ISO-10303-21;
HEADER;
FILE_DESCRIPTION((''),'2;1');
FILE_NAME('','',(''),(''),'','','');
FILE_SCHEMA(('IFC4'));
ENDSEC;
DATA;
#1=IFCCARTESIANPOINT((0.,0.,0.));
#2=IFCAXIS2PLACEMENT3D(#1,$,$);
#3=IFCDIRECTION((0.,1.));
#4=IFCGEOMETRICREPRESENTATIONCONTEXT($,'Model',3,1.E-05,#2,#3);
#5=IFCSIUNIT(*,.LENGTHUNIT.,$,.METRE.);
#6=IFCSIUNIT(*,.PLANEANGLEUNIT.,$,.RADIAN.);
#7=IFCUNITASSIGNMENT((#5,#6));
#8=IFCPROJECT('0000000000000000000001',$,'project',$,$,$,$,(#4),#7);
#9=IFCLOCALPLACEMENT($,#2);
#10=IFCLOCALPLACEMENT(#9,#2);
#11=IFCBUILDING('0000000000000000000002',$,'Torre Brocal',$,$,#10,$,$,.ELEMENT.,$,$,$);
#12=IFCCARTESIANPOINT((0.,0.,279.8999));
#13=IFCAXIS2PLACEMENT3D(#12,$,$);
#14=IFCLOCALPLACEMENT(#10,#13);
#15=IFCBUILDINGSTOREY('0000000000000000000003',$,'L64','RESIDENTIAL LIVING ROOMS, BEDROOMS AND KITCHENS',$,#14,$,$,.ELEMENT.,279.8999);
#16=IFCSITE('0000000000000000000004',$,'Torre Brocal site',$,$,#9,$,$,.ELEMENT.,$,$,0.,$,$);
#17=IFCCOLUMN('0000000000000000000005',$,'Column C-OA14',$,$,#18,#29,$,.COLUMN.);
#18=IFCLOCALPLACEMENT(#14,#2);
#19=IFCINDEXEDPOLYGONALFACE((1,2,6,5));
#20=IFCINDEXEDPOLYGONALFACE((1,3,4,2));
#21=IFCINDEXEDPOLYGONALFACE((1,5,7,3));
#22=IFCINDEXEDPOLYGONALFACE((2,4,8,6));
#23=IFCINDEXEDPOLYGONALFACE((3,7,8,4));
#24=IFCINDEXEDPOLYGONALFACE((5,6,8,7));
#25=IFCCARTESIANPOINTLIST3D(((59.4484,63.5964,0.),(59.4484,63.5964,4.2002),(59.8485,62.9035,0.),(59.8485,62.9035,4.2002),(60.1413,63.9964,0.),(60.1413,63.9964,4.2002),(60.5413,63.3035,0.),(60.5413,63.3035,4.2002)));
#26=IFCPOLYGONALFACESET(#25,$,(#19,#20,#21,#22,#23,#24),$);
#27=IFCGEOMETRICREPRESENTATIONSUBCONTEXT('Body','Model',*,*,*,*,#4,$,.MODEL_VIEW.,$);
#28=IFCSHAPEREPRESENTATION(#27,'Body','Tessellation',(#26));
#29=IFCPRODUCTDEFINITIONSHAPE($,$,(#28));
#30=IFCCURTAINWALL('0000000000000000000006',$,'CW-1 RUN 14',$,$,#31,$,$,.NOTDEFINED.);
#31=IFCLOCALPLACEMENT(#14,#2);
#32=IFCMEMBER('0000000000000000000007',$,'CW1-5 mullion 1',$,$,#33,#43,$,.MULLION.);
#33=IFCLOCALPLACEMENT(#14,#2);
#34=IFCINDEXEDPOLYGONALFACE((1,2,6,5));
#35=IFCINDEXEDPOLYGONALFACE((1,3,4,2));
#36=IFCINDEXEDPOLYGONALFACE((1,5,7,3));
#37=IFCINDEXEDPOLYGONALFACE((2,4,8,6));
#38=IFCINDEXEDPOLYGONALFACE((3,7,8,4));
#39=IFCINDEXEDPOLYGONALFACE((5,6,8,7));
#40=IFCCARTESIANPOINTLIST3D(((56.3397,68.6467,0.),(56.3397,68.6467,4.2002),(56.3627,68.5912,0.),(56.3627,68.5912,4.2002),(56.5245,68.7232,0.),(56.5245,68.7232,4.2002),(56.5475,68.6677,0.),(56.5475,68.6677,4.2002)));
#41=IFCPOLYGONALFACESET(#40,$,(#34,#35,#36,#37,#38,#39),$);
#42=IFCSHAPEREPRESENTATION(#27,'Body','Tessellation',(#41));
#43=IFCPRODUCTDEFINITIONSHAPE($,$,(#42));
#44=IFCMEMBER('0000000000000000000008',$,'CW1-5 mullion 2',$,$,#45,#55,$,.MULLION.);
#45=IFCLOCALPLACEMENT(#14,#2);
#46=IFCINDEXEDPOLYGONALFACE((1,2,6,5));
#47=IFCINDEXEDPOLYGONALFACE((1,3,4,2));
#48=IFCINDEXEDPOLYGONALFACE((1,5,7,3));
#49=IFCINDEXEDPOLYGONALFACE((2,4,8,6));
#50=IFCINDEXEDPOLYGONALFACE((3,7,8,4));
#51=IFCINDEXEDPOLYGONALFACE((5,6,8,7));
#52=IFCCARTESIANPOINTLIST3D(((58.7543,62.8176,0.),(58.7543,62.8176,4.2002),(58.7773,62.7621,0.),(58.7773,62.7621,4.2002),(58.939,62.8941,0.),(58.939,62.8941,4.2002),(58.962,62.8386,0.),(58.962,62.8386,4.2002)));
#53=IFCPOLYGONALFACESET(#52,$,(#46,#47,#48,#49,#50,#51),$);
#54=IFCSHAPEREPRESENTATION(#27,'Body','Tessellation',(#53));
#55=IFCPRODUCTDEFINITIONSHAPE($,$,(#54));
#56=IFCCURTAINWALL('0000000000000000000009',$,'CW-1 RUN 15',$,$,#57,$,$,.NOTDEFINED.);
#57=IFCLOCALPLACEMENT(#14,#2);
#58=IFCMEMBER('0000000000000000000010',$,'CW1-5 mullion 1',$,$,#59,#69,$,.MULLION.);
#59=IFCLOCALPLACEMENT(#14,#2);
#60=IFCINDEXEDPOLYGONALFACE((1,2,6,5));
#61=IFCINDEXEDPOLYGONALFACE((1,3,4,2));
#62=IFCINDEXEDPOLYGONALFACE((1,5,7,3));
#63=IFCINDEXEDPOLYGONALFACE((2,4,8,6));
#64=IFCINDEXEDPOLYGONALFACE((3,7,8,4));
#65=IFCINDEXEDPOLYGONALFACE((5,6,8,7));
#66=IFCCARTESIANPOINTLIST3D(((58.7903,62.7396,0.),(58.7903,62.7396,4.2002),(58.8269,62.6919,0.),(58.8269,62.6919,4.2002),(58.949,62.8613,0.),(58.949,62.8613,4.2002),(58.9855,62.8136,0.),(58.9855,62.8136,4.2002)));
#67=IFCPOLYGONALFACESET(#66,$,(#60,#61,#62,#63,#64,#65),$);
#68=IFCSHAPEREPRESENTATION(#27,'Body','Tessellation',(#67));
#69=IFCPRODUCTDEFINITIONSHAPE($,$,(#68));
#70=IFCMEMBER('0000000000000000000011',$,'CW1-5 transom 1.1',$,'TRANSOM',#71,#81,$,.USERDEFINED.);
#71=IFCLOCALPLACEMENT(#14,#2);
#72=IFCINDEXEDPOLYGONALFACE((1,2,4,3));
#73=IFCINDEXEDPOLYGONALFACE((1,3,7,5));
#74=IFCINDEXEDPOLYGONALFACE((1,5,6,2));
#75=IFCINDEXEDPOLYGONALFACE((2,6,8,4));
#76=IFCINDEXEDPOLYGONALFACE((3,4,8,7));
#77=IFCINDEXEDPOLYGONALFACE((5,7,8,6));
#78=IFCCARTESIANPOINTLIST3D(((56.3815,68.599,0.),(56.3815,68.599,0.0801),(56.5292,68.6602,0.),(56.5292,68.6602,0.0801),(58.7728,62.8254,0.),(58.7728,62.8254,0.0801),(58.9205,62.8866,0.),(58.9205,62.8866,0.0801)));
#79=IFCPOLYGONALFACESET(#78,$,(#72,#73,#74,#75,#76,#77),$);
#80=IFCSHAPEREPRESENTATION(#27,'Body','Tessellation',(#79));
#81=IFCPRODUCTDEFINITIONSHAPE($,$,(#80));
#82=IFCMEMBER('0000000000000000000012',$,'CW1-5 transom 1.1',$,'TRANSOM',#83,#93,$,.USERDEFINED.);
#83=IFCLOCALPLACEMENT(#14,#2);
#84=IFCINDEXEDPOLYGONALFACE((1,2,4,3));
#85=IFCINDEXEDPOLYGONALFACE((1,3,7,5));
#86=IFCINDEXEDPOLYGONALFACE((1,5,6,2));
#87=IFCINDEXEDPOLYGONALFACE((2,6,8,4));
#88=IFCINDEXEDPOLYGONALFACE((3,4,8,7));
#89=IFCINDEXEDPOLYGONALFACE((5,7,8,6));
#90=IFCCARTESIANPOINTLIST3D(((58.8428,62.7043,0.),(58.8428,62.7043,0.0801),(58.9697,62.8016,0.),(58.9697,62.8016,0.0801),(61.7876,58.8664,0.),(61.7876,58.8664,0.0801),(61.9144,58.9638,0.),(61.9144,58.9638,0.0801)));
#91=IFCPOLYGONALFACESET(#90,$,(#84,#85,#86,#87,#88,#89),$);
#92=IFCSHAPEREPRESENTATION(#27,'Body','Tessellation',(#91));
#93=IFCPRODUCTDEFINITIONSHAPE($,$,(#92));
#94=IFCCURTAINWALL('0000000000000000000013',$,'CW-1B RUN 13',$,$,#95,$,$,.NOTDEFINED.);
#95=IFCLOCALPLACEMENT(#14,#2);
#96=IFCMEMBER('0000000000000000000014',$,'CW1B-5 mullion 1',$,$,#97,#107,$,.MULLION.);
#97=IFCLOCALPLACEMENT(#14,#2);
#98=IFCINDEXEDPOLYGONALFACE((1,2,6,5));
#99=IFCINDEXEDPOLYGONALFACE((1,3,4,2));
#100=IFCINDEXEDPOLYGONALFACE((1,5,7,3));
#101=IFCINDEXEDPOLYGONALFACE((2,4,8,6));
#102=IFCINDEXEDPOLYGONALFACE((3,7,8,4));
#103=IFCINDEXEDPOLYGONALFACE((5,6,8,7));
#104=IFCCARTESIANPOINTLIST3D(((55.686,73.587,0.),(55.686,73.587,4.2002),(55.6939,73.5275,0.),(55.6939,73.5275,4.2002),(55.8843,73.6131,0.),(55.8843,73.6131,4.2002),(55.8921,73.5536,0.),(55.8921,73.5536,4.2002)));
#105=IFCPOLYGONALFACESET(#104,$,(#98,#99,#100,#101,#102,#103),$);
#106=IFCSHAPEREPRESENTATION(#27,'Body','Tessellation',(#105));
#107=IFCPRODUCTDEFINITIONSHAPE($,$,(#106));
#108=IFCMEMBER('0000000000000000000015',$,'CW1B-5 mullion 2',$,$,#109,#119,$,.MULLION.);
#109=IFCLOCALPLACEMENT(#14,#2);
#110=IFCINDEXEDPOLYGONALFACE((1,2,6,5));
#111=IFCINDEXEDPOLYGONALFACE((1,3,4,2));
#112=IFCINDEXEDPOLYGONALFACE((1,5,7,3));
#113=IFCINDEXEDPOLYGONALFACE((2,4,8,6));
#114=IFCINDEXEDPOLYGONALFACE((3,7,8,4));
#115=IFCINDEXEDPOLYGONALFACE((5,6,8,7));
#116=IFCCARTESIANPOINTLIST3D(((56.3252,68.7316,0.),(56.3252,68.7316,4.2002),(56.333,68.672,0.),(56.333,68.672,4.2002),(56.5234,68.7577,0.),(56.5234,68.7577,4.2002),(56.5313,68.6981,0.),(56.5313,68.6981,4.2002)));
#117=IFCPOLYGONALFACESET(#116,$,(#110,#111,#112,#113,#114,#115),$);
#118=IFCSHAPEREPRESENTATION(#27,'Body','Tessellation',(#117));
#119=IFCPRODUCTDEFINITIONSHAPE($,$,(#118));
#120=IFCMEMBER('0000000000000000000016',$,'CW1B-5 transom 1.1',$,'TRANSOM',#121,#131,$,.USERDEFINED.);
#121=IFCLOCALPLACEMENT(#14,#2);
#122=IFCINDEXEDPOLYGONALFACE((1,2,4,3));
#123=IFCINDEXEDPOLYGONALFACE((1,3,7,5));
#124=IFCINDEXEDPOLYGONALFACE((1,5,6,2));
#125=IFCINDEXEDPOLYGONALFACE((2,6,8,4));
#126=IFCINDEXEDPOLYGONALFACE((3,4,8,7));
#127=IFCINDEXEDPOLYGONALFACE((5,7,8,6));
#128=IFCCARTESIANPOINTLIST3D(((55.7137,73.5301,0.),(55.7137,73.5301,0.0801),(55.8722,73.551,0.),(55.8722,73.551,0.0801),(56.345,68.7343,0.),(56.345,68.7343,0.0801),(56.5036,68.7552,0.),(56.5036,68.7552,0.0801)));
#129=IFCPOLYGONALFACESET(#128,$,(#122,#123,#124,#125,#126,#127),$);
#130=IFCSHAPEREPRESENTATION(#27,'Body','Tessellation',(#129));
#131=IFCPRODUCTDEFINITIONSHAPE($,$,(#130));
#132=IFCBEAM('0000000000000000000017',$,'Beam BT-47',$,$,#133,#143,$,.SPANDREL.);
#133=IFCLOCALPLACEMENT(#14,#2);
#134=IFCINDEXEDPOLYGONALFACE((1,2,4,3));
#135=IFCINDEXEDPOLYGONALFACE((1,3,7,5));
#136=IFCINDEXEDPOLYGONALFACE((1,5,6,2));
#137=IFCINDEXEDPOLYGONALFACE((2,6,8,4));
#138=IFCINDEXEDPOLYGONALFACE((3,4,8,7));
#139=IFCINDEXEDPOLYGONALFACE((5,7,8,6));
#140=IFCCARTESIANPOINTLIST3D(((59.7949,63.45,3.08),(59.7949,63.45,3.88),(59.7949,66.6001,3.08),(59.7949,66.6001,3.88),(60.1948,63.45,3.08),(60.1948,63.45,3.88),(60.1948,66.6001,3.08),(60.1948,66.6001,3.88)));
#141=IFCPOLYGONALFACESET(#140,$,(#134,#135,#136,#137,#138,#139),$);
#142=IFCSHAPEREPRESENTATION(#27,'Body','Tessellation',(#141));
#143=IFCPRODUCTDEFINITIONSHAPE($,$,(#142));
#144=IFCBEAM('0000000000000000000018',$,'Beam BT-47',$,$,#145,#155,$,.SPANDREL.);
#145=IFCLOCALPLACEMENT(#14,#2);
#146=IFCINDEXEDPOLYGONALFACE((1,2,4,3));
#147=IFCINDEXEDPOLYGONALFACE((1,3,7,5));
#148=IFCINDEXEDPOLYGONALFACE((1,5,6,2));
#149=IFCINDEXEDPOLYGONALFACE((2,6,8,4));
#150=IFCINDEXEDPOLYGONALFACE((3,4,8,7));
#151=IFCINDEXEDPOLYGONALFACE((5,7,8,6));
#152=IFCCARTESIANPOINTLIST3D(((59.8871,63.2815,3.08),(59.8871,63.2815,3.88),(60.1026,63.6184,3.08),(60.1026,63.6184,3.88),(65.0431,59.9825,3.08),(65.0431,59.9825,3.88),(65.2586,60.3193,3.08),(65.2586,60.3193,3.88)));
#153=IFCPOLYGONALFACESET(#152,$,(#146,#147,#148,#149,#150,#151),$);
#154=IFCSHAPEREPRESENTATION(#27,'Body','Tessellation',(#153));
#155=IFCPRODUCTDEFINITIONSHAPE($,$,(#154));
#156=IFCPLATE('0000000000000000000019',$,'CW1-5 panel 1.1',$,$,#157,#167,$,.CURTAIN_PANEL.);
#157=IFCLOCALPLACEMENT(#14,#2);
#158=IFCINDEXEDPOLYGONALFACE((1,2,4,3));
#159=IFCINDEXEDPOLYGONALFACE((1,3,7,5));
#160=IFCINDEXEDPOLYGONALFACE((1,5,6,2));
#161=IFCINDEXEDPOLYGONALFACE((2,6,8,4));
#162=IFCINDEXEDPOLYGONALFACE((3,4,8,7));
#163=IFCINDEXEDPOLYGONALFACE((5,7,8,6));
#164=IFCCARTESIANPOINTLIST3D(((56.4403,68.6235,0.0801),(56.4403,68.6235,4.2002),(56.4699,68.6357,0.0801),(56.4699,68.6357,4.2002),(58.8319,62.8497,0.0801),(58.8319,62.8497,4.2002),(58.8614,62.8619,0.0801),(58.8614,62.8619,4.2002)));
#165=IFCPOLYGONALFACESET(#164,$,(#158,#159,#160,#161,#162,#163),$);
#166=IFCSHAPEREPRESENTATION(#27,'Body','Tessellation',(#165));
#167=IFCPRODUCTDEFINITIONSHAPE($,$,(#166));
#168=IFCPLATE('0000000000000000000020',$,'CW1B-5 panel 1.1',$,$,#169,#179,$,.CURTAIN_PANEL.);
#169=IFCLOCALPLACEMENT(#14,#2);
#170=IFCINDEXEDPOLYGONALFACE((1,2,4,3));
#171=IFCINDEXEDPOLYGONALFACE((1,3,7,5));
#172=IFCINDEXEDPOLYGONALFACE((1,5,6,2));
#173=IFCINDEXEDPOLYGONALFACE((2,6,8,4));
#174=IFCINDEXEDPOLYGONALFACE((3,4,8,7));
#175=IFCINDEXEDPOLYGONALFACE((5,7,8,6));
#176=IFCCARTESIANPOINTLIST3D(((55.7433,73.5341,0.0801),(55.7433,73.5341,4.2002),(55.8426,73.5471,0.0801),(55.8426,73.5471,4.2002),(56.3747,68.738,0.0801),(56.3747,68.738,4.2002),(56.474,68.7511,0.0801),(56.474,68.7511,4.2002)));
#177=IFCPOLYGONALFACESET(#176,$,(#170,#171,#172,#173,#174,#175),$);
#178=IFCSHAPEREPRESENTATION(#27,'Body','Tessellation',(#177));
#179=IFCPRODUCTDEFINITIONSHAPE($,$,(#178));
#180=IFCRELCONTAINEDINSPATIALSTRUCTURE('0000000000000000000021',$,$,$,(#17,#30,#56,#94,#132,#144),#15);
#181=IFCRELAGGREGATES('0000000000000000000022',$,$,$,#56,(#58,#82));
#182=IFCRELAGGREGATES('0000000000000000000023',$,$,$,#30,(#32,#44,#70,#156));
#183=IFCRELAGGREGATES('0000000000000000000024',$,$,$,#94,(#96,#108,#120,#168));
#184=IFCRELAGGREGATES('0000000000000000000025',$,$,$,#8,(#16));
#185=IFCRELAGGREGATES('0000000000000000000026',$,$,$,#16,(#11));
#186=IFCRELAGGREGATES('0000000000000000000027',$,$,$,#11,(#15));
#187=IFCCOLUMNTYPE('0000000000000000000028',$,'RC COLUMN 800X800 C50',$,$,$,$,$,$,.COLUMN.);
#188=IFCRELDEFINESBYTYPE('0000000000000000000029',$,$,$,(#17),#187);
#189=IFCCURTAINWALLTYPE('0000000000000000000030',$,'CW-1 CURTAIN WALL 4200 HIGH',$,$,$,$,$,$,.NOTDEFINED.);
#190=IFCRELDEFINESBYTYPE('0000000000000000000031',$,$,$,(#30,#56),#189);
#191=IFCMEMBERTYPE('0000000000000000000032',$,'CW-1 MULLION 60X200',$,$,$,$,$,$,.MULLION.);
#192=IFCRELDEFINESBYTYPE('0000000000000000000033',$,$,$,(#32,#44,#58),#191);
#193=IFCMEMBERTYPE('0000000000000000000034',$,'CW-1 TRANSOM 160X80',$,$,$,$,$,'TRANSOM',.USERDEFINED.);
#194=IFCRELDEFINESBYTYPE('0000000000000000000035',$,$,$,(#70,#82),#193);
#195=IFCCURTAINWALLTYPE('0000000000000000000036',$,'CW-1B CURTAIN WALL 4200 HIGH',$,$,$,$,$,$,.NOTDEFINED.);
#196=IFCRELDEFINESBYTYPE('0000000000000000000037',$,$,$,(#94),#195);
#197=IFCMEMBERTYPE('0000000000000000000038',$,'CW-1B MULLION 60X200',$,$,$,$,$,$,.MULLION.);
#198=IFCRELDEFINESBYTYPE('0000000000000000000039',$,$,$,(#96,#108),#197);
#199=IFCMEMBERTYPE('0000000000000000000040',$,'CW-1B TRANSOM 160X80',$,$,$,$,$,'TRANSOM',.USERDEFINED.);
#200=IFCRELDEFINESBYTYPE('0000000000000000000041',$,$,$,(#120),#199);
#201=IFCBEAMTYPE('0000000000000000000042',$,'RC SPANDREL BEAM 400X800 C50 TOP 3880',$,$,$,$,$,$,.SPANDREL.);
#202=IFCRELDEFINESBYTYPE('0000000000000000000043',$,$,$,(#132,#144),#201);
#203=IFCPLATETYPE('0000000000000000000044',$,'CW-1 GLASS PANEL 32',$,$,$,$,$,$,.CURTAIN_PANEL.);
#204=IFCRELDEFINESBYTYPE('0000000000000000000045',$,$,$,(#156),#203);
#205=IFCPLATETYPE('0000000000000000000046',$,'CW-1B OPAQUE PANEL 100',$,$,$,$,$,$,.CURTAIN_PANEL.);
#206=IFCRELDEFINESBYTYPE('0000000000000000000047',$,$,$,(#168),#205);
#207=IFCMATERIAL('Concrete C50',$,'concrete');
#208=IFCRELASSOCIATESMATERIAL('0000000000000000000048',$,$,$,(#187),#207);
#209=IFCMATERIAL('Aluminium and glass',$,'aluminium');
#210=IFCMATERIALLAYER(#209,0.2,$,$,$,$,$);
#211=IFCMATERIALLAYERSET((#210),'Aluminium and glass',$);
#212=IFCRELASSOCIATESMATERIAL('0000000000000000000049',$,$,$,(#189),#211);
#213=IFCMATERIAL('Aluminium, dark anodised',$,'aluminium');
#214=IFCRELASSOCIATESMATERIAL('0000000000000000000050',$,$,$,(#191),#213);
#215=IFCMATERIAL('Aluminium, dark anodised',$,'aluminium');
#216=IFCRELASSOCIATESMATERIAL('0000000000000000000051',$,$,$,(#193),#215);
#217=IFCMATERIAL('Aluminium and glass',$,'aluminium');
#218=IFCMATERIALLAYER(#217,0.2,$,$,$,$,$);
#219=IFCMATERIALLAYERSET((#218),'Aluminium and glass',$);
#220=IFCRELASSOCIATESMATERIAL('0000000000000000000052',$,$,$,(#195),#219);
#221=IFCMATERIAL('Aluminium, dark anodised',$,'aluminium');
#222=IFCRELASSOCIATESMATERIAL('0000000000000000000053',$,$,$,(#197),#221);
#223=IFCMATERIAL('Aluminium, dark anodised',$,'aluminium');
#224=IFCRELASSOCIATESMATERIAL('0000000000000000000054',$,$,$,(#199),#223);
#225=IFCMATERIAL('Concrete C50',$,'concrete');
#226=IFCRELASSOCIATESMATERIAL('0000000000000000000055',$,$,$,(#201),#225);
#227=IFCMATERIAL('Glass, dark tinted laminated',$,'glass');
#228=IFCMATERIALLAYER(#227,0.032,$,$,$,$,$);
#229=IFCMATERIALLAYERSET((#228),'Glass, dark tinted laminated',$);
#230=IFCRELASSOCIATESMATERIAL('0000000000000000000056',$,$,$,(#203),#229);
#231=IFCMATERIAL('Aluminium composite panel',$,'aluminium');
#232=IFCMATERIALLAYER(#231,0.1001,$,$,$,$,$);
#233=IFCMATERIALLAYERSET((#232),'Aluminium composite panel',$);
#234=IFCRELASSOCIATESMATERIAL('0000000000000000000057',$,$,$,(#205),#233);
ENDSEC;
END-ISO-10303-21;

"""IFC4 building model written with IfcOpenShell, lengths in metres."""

from ifc_helpers import new_model, si_unit, direction, frame, origin, origin_2d, place, context, subcontext, project, spatial, rectangle, extrude, material, layer, layer_set, material_profile, profile_set, type_object, element, aggregate, save


model = new_model("IFC4")

# Units and contexts
model_context = context("Model", 3, precision=1e-05, world=origin(), true_north=direction((0.0, 1.0)))
body_context = subcontext(model_context, "Body", "Model", "MODEL_VIEW")
ifc_project = project(units=[si_unit("LENGTHUNIT", "METRE"), si_unit("PLANEANGLEUNIT", "RADIAN")], contexts=[model_context])

# Site, building, storey
site_placement = place(None, origin())
site = spatial("IfcSite", under=ifc_project, at=site_placement, Name="Torre Brocal site", CompositionType="ELEMENT", RefElevation=0.0)
building_placement = place(site_placement, origin())
building = spatial("IfcBuilding", under=site, at=building_placement, Name="Torre Brocal", CompositionType="ELEMENT")
storey_placement = place(building_placement, frame((0.0, 0.0, 279.8999)))
storey = spatial("IfcBuildingStorey", under=building, at=storey_placement, Name="L64", Description="RESIDENTIAL LIVING ROOMS, BEDROOMS AND KITCHENS", CompositionType="ELEMENT", Elevation=279.8999)

# Column
ifc_material_1 = material(Name="Concrete C50", Category="concrete")
ifc_material_profile_1 = material_profile(ifc_material_1, rectangle(XDim=0.8, YDim=0.8, at=origin_2d()), Name="RC 800X800")
ifc_profile_set_1 = profile_set([ifc_material_profile_1], Name="Concrete C50")
column_type = type_object("IfcColumnType", Name="RC COLUMN 800X800 C50", PredefinedType="COLUMN", material=ifc_profile_set_1)
column_placement = place(storey_placement, frame((59.9949, 63.45, 0.0), z_axis=(0.0, 0.0, 1.0), x_axis=(-0.866025, -0.5, 0.0)))
element("IfcColumn", 1, at=column_placement, inside=storey, type_object=column_type, Name="Column C-OA14", PredefinedType="COLUMN", context=body_context, shape_type="SweptSolid", body=[
    extrude(rectangle(XDim=0.8, YDim=0.8, at=origin_2d()), origin(), (0.0, 0.0, 1.0), 4.2002),
])

# Curtain wall, members
ifc_material_2 = material(Name="Aluminium and glass", Category="aluminium")
ifc_layer_1 = layer(ifc_material_2, 0.2)
ifc_layer_set_1 = layer_set([ifc_layer_1], Name="Aluminium and glass")
curtain_wall_type_1 = type_object("IfcCurtainWallType", Name="CW-1 CURTAIN WALL 4200 HIGH", PredefinedType="NOTDEFINED", material=ifc_layer_set_1)
curtain_wall_1_placement = place(storey_placement, origin())
curtain_wall_1 = element("IfcCurtainWall", 2, at=curtain_wall_1_placement, inside=storey, type_object=curtain_wall_type_1, Name="CW-1 RUN 14", PredefinedType="NOTDEFINED")
ifc_material_3 = material(Name="Aluminium, dark anodised", Category="aluminium")
ifc_material_profile_2 = material_profile(ifc_material_3, rectangle(XDim=0.2, YDim=0.0601, at=origin_2d()), Name="CW-1 MULLION 60X200")
ifc_profile_set_2 = profile_set([ifc_material_profile_2], Name="Aluminium, dark anodised")
member_type_1 = type_object("IfcMemberType", Name="CW-1 MULLION 60X200", PredefinedType="MULLION", material=ifc_profile_set_2)
member_1_placement = place(storey_placement, frame((56.4436, 68.6572, 0.0), z_axis=(0.0, 0.0, 1.0), x_axis=(0.92388, 0.382683, 0.0)))
member_1 = element("IfcMember", 3, at=member_1_placement, type_object=member_type_1, Name="CW1-5 mullion 1", PredefinedType="MULLION", context=body_context, shape_type="SweptSolid", body=[
    extrude(rectangle(XDim=0.2, YDim=0.0601, at=origin_2d()), origin(), (0.0, 0.0, 1.0), 4.2002),
])
member_2_placement = place(storey_placement, frame((58.8582, 62.8281, 0.0), z_axis=(0.0, 0.0, 1.0), x_axis=(0.92388, 0.382683, 0.0)))
member_2 = element("IfcMember", 4, at=member_2_placement, type_object=member_type_1, Name="CW1-5 mullion 2", PredefinedType="MULLION", context=body_context, shape_type="SweptSolid", body=[
    extrude(rectangle(XDim=0.2, YDim=0.0601, at=origin_2d()), origin(), (0.0, 0.0, 1.0), 4.2002),
])

# Curtain wall, member
curtain_wall_2_placement = place(storey_placement, origin())
curtain_wall_2 = element("IfcCurtainWall", 5, at=curtain_wall_2_placement, inside=storey, type_object=curtain_wall_type_1, Name="CW-1 RUN 15", PredefinedType="NOTDEFINED")
member_3_placement = place(storey_placement, frame((58.8879, 62.7766, 0.0), z_axis=(0.0, 0.0, 1.0), x_axis=(0.793353, 0.608761, 0.0)))
member_3 = element("IfcMember", 6, at=member_3_placement, type_object=member_type_1, Name="CW1-5 mullion 1", PredefinedType="MULLION", context=body_context, shape_type="SweptSolid", body=[
    extrude(rectangle(XDim=0.2, YDim=0.0601, at=origin_2d()), origin(), (0.0, 0.0, 1.0), 4.2002),
])

# Members
ifc_material_4 = material(Name="Aluminium, dark anodised", Category="aluminium")
ifc_material_profile_3 = material_profile(ifc_material_4, rectangle(XDim=0.1599, YDim=0.0801, at=origin_2d()), Name="CW-1 TRANSOM 160X80")
ifc_profile_set_3 = profile_set([ifc_material_profile_3], Name="Aluminium, dark anodised")
member_type_2 = type_object("IfcMemberType", Name="CW-1 TRANSOM 160X80", ElementType="TRANSOM", PredefinedType="USERDEFINED", material=ifc_profile_set_3)
member_4_placement = place(storey_placement, frame((56.4553, 68.6296, 0.04), z_axis=(0.382659, -0.92389, 0.0), x_axis=(0.92389, 0.382659, 0.0)))
member_4 = element("IfcMember", 7, at=member_4_placement, type_object=member_type_2, Name="CW1-5 transom 1.1", ObjectType="TRANSOM", PredefinedType="USERDEFINED", context=body_context, shape_type="SweptSolid", body=[
    extrude(rectangle(XDim=0.1599, YDim=0.0801, at=origin_2d()), origin(), (0.0, 0.0, 1.0), 6.2493),
])
member_5_placement = place(storey_placement, frame((58.9062, 62.7529, 0.04), z_axis=(0.608749, -0.793363, 0.0), x_axis=(0.793363, 0.608749, 0.0)))
member_5 = element("IfcMember", 8, at=member_5_placement, type_object=member_type_2, Name="CW1-5 transom 1.1", ObjectType="TRANSOM", PredefinedType="USERDEFINED", context=body_context, shape_type="SweptSolid", body=[
    extrude(rectangle(XDim=0.1599, YDim=0.0801, at=origin_2d()), origin(), (0.0, 0.0, 1.0), 4.8374),
])
aggregate(curtain_wall_2, [member_3, member_5])

# Curtain wall, members
ifc_material_5 = material(Name="Aluminium and glass", Category="aluminium")
ifc_layer_2 = layer(ifc_material_5, 0.2)
ifc_layer_set_2 = layer_set([ifc_layer_2], Name="Aluminium and glass")
curtain_wall_type_2 = type_object("IfcCurtainWallType", Name="CW-1B CURTAIN WALL 4200 HIGH", PredefinedType="NOTDEFINED", material=ifc_layer_set_2)
curtain_wall_3_placement = place(storey_placement, origin())
curtain_wall_3 = element("IfcCurtainWall", 9, at=curtain_wall_3_placement, inside=storey, type_object=curtain_wall_type_2, Name="CW-1B RUN 13", PredefinedType="NOTDEFINED")
ifc_material_6 = material(Name="Aluminium, dark anodised", Category="aluminium")
ifc_material_profile_4 = material_profile(ifc_material_6, rectangle(XDim=0.2, YDim=0.0601, at=origin_2d()), Name="CW-1B MULLION 60X200")
ifc_profile_set_4 = profile_set([ifc_material_profile_4], Name="Aluminium, dark anodised")
member_type_3 = type_object("IfcMemberType", Name="CW-1B MULLION 60X200", PredefinedType="MULLION", material=ifc_profile_set_4)
member_6_placement = place(storey_placement, frame((55.7891, 73.5703, 0.0), z_axis=(0.0, 0.0, 1.0), x_axis=(0.991445, 0.130526, 0.0)))
member_6 = element("IfcMember", 10, at=member_6_placement, type_object=member_type_3, Name="CW1B-5 mullion 1", PredefinedType="MULLION", context=body_context, shape_type="SweptSolid", body=[
    extrude(rectangle(XDim=0.2, YDim=0.0601, at=origin_2d()), origin(), (0.0, 0.0, 1.0), 4.2002),
])
member_7_placement = place(storey_placement, frame((56.4282, 68.7148, 0.0), z_axis=(0.0, 0.0, 1.0), x_axis=(0.991445, 0.130526, 0.0)))
member_7 = element("IfcMember", 11, at=member_7_placement, type_object=member_type_3, Name="CW1B-5 mullion 2", PredefinedType="MULLION", context=body_context, shape_type="SweptSolid", body=[
    extrude(rectangle(XDim=0.2, YDim=0.0601, at=origin_2d()), origin(), (0.0, 0.0, 1.0), 4.2002),
])
ifc_material_7 = material(Name="Aluminium, dark anodised", Category="aluminium")
ifc_material_profile_5 = material_profile(ifc_material_7, rectangle(XDim=0.1599, YDim=0.0801, at=origin_2d()), Name="CW-1B TRANSOM 160X80")
ifc_profile_set_5 = profile_set([ifc_material_profile_5], Name="Aluminium, dark anodised")
member_type_4 = type_object("IfcMemberType", Name="CW-1B TRANSOM 160X80", ElementType="TRANSOM", PredefinedType="USERDEFINED", material=ifc_profile_set_5)
member_8_placement = place(storey_placement, frame((55.793, 73.5405, 0.04), z_axis=(0.130517, -0.991446, 0.0), x_axis=(0.991446, 0.130517, 0.0)))
member_8 = element("IfcMember", 12, at=member_8_placement, type_object=member_type_4, Name="CW1B-5 transom 1.1", ObjectType="TRANSOM", PredefinedType="USERDEFINED", context=body_context, shape_type="SweptSolid", body=[
    extrude(rectangle(XDim=0.1599, YDim=0.0801, at=origin_2d()), origin(), (0.0, 0.0, 1.0), 4.8372),
])

# Beams
ifc_material_8 = material(Name="Concrete C50", Category="concrete")
ifc_material_profile_6 = material_profile(ifc_material_8, rectangle(XDim=0.3999, YDim=0.8, at=origin_2d()), Name="RC 400X800")
ifc_profile_set_6 = profile_set([ifc_material_profile_6], Name="Concrete C50")
beam_type = type_object("IfcBeamType", Name="RC SPANDREL BEAM 400X800 C50 TOP 3880", PredefinedType="SPANDREL", material=ifc_profile_set_6)
beam_1_placement = place(storey_placement, frame((59.9949, 63.45, 3.48), z_axis=(0.0, 1.0, 0.0), x_axis=(-1.0, 0.0, 0.0)))
element("IfcBeam", 13, at=beam_1_placement, inside=storey, type_object=beam_type, Name="Beam BT-47", PredefinedType="SPANDREL", context=body_context, shape_type="SweptSolid", body=[
    extrude(rectangle(XDim=0.3999, YDim=0.8, at=origin_2d()), origin(), (0.0, 0.0, 1.0), 3.1501),
])
beam_2_placement = place(storey_placement, frame((59.9949, 63.45, 3.48), z_axis=(0.842329, -0.538964, 0.0), x_axis=(0.538964, 0.842329, 0.0)))
element("IfcBeam", 14, at=beam_2_placement, inside=storey, type_object=beam_type, Name="Beam BT-47", PredefinedType="SPANDREL", context=body_context, shape_type="SweptSolid", body=[
    extrude(rectangle(XDim=0.3999, YDim=0.8, at=origin_2d()), origin(), (0.0, 0.0, 1.0), 6.1211),
])

# Plates
ifc_material_9 = material(Name="Glass, dark tinted laminated", Category="glass")
ifc_layer_3 = layer(ifc_material_9, 0.032)
ifc_layer_set_3 = layer_set([ifc_layer_3], Name="Glass, dark tinted laminated")
plate_type_1 = type_object("IfcPlateType", Name="CW-1 GLASS PANEL 32", PredefinedType="CURTAIN_PANEL", material=ifc_layer_set_3)
plate_1_placement = place(storey_placement, frame((57.6509, 65.7427, 0.0801), z_axis=(0.0, 0.0, 1.0), x_axis=(0.382683, -0.92388, 0.0)))
plate_1 = element("IfcPlate", 15, at=plate_1_placement, type_object=plate_type_1, Name="CW1-5 panel 1.1", PredefinedType="CURTAIN_PANEL", context=body_context, shape_type="SweptSolid", body=[
    extrude(rectangle(XDim=6.2495, YDim=0.032, at=origin_2d()), origin(), (0.0, 0.0, 1.0), 4.1201),
])
aggregate(curtain_wall_1, [member_1, member_2, member_4, plate_1])
ifc_material_10 = material(Name="Aluminium composite panel", Category="aluminium")
ifc_layer_4 = layer(ifc_material_10, 0.1001)
ifc_layer_set_4 = layer_set([ifc_layer_4], Name="Aluminium composite panel")
plate_type_2 = type_object("IfcPlateType", Name="CW-1B OPAQUE PANEL 100", PredefinedType="CURTAIN_PANEL", material=ifc_layer_set_4)
plate_2_placement = place(storey_placement, frame((56.1086, 71.1426, 0.0801), z_axis=(0.0, 0.0, 1.0), x_axis=(0.130526, -0.991445, 0.0)))
plate_2 = element("IfcPlate", 16, at=plate_2_placement, type_object=plate_type_2, Name="CW1B-5 panel 1.1", PredefinedType="CURTAIN_PANEL", context=body_context, shape_type="SweptSolid", body=[
    extrude(rectangle(XDim=4.8374, YDim=0.1001, at=origin_2d()), origin(), (0.0, 0.0, 1.0), 4.1201),
])
aggregate(curtain_wall_3, [member_6, member_7, member_8, plate_2])

save(model, "model.ifc")
